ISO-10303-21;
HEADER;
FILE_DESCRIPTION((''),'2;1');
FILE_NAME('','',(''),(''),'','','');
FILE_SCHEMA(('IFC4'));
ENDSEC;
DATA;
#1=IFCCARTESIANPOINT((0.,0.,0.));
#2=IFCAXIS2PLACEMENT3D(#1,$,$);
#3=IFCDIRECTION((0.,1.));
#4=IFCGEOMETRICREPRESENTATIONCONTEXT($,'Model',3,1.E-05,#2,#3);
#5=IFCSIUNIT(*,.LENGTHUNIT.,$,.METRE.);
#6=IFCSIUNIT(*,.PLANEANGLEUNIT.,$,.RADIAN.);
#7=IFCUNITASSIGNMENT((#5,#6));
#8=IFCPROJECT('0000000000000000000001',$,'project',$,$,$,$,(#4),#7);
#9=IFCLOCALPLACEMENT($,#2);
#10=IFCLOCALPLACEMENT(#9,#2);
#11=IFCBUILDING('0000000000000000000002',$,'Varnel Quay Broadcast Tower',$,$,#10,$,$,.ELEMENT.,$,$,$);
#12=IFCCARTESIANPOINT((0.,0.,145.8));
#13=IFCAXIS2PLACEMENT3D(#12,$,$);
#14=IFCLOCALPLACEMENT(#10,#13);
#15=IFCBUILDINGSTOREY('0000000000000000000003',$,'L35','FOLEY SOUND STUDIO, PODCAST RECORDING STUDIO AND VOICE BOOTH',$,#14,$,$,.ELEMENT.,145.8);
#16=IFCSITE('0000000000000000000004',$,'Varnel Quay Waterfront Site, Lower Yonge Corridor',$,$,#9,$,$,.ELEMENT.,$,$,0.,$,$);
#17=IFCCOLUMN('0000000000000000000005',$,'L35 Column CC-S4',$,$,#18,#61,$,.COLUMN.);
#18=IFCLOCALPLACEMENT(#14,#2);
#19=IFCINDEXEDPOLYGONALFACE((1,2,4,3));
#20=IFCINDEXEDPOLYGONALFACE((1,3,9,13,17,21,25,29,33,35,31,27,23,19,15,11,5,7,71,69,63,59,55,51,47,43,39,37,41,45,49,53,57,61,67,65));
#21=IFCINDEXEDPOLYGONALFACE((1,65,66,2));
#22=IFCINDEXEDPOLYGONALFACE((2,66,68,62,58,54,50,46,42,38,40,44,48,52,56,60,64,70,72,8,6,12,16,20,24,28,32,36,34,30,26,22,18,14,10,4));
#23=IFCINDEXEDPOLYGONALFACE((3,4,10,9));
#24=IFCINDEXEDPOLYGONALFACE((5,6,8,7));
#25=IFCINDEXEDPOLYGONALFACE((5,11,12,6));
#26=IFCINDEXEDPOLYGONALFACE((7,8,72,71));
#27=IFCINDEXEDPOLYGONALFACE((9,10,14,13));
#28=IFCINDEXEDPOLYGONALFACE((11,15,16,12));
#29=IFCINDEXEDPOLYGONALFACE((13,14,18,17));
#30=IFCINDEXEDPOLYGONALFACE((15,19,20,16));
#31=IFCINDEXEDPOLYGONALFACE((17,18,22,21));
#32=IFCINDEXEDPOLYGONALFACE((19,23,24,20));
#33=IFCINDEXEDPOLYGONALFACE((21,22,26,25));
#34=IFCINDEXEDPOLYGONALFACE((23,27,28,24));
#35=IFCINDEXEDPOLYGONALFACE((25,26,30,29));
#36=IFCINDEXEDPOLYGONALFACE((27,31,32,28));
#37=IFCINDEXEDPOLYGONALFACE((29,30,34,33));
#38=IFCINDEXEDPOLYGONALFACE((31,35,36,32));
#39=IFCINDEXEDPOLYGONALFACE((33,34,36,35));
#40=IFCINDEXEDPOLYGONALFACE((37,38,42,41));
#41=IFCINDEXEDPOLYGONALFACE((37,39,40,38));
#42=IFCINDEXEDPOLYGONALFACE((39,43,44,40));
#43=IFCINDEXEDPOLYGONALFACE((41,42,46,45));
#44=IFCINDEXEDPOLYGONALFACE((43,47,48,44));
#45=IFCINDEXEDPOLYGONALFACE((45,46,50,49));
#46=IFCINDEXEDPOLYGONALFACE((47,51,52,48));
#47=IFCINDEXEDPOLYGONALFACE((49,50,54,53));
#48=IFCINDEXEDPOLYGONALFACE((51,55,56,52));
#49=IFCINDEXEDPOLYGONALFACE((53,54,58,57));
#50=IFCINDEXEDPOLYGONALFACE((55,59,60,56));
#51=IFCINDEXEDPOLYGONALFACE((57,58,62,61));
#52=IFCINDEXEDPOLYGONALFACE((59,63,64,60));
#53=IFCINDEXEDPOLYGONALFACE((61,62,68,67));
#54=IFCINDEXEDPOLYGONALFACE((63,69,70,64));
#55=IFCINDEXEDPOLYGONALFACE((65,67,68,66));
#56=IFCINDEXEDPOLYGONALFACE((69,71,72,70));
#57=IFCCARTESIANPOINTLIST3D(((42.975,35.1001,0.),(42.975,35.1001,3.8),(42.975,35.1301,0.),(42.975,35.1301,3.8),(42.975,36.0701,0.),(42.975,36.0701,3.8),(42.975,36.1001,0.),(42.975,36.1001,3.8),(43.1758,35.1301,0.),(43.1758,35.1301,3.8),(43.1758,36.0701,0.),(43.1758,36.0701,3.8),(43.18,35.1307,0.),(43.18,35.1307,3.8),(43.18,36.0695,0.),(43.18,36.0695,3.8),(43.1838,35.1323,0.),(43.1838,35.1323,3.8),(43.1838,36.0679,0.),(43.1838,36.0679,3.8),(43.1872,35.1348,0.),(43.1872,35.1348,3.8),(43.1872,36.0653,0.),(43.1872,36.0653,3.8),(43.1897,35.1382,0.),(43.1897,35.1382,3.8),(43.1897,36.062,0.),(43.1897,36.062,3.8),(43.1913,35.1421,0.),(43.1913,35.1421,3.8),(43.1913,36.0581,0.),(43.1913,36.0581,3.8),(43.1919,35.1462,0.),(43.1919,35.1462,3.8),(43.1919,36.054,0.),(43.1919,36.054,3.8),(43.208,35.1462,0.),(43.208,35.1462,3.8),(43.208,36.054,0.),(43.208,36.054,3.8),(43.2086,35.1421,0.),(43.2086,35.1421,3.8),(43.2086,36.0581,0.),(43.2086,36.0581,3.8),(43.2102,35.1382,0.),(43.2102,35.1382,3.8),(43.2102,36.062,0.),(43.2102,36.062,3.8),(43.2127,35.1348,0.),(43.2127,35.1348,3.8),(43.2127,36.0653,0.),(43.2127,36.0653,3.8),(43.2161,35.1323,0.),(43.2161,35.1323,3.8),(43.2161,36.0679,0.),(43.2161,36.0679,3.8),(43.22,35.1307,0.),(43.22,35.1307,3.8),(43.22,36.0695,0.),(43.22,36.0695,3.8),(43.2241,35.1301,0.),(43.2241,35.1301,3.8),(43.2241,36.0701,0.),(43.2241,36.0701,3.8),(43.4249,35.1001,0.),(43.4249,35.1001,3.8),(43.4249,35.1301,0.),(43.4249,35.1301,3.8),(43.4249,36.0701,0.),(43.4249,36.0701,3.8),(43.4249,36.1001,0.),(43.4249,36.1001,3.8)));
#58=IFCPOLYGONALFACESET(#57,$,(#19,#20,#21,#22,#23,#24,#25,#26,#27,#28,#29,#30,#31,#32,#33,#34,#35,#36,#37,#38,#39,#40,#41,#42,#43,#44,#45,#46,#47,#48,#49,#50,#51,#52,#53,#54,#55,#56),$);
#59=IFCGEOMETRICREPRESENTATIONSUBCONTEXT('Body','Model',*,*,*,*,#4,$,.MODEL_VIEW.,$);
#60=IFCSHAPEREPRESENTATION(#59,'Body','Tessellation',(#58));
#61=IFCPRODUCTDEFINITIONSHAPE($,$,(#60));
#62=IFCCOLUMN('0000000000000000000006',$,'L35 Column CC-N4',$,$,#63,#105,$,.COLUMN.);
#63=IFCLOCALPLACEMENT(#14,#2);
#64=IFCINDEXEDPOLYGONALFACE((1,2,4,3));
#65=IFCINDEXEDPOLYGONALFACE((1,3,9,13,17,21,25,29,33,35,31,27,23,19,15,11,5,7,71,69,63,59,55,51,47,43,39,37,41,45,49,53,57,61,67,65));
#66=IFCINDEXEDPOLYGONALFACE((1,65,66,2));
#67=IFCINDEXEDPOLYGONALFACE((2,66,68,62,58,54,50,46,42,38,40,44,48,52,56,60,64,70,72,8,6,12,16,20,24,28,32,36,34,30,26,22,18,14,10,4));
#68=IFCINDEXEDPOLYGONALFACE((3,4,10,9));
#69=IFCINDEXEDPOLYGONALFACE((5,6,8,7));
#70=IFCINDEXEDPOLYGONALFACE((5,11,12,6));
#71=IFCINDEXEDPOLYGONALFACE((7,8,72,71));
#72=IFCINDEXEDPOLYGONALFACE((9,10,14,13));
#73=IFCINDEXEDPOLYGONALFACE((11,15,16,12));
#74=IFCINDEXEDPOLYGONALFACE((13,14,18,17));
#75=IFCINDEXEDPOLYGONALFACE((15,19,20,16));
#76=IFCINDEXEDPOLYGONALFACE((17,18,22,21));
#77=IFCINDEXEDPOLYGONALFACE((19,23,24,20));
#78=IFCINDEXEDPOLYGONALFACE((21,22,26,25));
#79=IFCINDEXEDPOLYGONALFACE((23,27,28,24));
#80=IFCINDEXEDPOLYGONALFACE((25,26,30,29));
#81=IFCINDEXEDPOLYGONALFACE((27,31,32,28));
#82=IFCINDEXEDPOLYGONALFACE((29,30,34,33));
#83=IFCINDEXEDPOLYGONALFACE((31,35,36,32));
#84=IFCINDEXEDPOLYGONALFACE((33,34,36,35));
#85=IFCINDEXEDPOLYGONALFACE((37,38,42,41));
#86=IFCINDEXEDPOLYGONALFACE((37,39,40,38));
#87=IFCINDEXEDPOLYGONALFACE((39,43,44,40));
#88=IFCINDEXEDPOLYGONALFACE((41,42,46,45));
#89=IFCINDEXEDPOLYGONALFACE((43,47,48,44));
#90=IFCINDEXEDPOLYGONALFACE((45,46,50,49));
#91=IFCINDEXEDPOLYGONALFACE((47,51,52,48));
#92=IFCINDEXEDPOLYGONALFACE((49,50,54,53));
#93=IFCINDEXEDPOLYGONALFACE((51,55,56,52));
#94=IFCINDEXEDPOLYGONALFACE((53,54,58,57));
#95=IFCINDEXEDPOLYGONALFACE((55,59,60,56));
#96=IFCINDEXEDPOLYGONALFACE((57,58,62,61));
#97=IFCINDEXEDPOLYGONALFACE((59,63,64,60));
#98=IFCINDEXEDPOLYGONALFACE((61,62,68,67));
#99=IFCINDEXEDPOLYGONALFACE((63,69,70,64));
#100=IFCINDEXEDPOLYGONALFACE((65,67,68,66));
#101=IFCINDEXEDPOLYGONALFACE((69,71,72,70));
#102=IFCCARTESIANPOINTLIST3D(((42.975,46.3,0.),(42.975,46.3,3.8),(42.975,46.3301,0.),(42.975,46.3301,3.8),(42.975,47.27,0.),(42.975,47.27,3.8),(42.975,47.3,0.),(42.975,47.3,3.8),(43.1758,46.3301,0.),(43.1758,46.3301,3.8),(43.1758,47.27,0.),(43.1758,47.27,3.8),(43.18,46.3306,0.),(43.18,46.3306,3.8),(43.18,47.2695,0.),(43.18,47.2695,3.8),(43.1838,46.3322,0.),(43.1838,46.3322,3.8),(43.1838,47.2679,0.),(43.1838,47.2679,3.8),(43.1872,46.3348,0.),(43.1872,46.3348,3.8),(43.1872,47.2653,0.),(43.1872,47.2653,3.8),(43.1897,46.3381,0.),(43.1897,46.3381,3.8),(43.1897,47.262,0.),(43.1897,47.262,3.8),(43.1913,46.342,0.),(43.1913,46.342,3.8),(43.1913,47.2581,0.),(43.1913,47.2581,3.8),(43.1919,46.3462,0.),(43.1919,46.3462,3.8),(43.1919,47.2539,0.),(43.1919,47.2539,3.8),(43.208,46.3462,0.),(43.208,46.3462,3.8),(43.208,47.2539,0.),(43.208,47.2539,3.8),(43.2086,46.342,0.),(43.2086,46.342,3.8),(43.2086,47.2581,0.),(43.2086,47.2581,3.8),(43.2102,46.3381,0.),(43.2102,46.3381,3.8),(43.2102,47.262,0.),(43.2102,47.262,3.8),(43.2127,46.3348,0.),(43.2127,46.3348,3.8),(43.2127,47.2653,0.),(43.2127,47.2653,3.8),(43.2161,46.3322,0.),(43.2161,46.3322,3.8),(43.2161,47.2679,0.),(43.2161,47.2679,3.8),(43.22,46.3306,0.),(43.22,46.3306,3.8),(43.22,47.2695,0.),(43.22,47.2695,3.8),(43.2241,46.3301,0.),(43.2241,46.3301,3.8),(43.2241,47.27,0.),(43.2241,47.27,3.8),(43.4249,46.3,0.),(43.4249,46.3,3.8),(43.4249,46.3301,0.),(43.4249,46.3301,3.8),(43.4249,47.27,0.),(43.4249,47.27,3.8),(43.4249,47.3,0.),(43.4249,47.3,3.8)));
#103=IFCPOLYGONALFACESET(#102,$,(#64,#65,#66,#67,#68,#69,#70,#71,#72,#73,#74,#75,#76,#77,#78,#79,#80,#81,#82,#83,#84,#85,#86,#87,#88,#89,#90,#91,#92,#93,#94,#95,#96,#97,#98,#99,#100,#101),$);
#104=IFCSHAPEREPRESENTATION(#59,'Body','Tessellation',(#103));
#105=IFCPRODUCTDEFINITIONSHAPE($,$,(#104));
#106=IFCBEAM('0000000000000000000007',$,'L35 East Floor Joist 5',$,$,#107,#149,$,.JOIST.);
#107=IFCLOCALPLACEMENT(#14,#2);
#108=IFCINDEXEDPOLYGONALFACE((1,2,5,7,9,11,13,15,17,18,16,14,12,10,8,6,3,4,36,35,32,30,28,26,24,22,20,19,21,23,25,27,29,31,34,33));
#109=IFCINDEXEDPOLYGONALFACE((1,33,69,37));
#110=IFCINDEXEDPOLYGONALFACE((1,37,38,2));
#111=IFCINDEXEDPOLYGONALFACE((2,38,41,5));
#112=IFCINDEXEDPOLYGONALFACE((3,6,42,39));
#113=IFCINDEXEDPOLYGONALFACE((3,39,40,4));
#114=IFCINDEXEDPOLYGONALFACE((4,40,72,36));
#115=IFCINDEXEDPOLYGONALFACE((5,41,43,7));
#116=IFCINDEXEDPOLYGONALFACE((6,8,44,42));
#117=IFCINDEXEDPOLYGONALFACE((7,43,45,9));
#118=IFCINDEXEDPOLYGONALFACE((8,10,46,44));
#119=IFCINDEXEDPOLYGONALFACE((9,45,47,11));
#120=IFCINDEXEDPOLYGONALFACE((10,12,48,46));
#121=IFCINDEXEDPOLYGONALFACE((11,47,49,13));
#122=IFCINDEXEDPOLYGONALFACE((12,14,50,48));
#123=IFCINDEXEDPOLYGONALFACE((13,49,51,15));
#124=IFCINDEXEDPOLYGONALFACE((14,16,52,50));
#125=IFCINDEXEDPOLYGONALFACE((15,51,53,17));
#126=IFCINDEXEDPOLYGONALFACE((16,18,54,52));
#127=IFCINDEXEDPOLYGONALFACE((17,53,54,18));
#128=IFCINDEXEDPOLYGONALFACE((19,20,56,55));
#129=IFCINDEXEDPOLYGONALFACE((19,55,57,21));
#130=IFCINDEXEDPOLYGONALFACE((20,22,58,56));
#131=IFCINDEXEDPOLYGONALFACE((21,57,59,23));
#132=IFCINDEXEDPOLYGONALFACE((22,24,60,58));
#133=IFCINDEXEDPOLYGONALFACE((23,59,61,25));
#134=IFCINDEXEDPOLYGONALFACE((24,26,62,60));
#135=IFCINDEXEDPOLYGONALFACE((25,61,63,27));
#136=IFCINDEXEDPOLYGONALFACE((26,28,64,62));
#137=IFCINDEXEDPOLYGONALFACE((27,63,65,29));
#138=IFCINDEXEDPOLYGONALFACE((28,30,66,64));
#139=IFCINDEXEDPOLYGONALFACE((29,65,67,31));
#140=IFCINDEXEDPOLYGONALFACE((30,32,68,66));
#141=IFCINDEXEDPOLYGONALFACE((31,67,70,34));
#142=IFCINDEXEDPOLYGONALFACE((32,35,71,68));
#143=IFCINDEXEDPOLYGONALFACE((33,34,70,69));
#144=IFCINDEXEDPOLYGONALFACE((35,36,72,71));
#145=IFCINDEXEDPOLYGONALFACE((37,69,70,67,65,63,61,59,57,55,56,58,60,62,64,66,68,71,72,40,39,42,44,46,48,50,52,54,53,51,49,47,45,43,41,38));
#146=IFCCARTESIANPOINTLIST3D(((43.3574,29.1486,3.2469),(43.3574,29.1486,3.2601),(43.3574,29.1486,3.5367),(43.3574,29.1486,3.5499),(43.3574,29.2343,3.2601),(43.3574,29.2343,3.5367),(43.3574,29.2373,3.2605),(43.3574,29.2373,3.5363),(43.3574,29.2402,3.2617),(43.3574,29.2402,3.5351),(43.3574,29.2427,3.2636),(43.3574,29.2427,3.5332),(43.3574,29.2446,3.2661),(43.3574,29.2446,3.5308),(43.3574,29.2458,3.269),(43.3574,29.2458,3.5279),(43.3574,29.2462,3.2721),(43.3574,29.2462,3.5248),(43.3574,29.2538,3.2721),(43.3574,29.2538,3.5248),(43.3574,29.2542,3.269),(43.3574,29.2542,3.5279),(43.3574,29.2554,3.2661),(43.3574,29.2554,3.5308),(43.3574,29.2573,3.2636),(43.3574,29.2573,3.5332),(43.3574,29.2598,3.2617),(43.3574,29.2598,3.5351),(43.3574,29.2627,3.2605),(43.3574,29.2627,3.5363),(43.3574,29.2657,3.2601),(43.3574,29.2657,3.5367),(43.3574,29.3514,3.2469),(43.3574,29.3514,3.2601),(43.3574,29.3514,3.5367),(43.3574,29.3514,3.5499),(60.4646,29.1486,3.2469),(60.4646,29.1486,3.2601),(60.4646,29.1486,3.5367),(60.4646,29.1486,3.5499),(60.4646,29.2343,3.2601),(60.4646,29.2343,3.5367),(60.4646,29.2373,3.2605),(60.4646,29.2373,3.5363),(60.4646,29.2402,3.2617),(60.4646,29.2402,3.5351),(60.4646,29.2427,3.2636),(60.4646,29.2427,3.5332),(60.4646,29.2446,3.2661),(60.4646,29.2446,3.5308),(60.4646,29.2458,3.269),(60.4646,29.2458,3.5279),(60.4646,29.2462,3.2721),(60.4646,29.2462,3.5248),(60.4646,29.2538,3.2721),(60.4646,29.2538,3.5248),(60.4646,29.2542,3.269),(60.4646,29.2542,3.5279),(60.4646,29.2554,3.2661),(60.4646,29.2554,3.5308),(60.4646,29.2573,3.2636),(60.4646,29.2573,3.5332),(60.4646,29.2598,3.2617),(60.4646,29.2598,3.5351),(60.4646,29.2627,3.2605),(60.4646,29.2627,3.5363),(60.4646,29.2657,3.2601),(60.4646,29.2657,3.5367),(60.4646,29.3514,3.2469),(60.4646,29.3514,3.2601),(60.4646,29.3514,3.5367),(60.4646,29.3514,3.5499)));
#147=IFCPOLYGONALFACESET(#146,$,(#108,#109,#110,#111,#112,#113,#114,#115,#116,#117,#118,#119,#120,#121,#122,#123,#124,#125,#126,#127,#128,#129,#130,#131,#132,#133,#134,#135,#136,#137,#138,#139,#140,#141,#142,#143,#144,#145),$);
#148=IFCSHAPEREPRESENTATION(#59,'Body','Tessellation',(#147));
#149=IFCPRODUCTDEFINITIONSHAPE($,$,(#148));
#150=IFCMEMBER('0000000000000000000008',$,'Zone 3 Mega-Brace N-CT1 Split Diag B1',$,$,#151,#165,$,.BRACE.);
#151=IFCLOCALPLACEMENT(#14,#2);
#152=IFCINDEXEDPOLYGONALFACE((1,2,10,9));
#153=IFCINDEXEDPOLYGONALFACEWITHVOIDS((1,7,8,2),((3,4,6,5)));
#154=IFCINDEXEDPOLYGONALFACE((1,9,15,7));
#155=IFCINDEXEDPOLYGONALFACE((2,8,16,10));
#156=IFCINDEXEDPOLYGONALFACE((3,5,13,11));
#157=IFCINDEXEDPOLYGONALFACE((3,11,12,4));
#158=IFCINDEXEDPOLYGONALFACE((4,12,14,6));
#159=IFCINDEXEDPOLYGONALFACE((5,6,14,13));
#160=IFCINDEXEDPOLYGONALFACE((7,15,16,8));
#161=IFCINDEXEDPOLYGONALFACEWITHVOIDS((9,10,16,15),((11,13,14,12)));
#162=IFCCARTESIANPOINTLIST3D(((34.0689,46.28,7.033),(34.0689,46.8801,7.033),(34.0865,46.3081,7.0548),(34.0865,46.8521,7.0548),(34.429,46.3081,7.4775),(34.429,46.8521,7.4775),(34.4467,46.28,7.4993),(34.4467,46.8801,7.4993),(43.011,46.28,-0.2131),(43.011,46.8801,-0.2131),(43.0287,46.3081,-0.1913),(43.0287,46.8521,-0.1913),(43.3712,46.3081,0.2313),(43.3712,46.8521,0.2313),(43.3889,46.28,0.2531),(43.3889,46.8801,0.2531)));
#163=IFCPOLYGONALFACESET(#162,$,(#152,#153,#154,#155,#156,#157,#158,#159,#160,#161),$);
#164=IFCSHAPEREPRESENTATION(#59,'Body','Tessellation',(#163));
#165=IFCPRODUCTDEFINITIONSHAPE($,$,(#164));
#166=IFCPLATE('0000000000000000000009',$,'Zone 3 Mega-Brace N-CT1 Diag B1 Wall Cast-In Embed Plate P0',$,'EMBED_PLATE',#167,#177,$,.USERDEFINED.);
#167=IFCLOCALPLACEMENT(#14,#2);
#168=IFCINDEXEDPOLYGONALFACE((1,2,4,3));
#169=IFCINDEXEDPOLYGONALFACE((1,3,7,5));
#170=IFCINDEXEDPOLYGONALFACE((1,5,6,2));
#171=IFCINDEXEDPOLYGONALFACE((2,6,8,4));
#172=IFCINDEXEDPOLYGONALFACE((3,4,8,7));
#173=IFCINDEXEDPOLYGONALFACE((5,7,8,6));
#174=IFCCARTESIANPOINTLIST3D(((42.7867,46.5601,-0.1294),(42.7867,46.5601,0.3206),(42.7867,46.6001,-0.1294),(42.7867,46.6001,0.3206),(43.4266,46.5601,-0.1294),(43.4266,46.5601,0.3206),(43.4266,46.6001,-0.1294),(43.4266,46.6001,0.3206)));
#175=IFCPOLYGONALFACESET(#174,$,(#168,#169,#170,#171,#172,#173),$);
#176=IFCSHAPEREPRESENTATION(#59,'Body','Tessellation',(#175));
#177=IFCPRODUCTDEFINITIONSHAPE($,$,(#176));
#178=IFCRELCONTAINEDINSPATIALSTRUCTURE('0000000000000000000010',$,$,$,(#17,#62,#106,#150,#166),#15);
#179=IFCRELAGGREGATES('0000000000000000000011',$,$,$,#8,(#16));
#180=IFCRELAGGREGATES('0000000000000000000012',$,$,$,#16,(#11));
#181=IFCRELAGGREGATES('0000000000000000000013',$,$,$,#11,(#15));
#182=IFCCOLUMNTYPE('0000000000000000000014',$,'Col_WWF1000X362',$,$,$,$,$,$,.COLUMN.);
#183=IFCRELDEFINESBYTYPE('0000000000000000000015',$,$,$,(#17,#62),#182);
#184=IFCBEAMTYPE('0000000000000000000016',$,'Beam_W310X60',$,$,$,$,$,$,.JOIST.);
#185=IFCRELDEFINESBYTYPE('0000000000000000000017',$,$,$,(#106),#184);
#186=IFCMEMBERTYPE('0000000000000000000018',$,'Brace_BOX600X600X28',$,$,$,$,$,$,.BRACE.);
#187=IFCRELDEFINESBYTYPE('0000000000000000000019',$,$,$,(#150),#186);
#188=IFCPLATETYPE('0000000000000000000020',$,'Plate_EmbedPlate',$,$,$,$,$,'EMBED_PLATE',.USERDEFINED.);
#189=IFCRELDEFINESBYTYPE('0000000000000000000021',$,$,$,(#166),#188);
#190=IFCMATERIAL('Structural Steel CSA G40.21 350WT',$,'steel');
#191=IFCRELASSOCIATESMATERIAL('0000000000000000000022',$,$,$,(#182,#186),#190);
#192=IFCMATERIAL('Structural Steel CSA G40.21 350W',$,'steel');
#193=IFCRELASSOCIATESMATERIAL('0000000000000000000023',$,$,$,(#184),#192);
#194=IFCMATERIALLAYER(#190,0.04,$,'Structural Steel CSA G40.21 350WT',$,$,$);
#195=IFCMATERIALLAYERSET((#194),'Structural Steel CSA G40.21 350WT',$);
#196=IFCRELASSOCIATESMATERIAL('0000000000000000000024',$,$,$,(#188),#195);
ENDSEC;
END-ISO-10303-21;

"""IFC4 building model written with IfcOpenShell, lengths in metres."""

from ifc_helpers import new_model, si_unit, direction, frame, origin, origin_2d, place, context, subcontext, project, spatial, rectangle, hollow_rectangle, i_section, extrude, source, transform, mapped, material, layer, layer_set, material_profile, profile_set, type_object, type_shapes, element, save


model = new_model("IFC4")

# Units and contexts
model_context = context("Model", 3, precision=1e-05, world=origin(), true_north=direction((0.0, 1.0)))
body_context = subcontext(model_context, "Body", "Model", "MODEL_VIEW")
ifc_project = project(units=[si_unit("LENGTHUNIT", "METRE"), si_unit("PLANEANGLEUNIT", "RADIAN")], contexts=[model_context])

# Site, building, storey
site_placement = place(None, origin())
site = spatial("IfcSite", under=ifc_project, at=site_placement, Name="Varnel Quay Waterfront Site, Lower Yonge Corridor", CompositionType="ELEMENT", RefElevation=0.0)
building_placement = place(site_placement, origin())
building = spatial("IfcBuilding", under=site, at=building_placement, Name="Varnel Quay Broadcast Tower", CompositionType="ELEMENT")
storey_placement = place(building_placement, frame((0.0, 0.0, 145.8)))
storey = spatial("IfcBuildingStorey", under=building, at=storey_placement, Name="L35", Description="FOLEY SOUND STUDIO, PODCAST RECORDING STUDIO AND VOICE BOOTH", CompositionType="ELEMENT", Elevation=145.8)

# Columns
ifc_material_1 = material(Name="Structural Steel CSA G40.21 350WT", Category="steel")
ifc_material_profile_1 = material_profile(ifc_material_1, i_section(OverallWidth=0.45, OverallDepth=1.0, WebThickness=0.0161, FlangeThickness=0.03, FilletRadius=0.0161, at=origin_2d()), Name="WWF1000X362")
ifc_profile_set_1 = profile_set([ifc_material_profile_1], Name="Structural Steel CSA G40.21 350WT")
column_type = type_object("IfcColumnType", Name="Col_WWF1000X362", PredefinedType="COLUMN", material=ifc_profile_set_1)
shared_shape_1 = source(origin(), body_context, "Body", "SweptSolid", [
    extrude(i_section(OverallWidth=0.45, OverallDepth=1.0, WebThickness=0.0161, FlangeThickness=0.03, FilletRadius=0.0161, at=origin_2d()), origin(), (0.0, 0.0, 1.0), 3.8),
])
type_shapes(column_type, [shared_shape_1])
for number, where, z_axis, x_axis, name in (
    (1, (43.2, 35.6001, 0.0), (0.0, 0.0, 1.0), (1.0, 0.0, 0.0), "L35 Column CC-S4"),
    (2, (43.2, 46.8, 0.0), (0.0, 0.0, 1.0), (1.0, 0.0, 0.0), "L35 Column CC-N4"),
):
    element("IfcColumn", number, at=place(storey_placement, frame(where, z_axis=z_axis, x_axis=x_axis)), inside=storey, type_object=column_type, Name=name, PredefinedType="COLUMN", context=body_context, shape_type="MappedRepresentation", body=[
        mapped(shared_shape_1, transform((0.0, 0.0, 0.0), x_axis=(1.0, 0.0, 0.0), y_axis=(0.0, 1.0, 0.0), z_axis=(0.0, 0.0, 1.0), scale=1.0)),
    ])

# Beam
ifc_material_2 = material(Name="Structural Steel CSA G40.21 350W", Category="steel")
ifc_material_profile_2 = material_profile(ifc_material_2, i_section(OverallWidth=0.2029, OverallDepth=0.303, WebThickness=0.0076, FlangeThickness=0.0132, FilletRadius=0.012, at=origin_2d()), Name="W310X60")
ifc_profile_set_2 = profile_set([ifc_material_profile_2], Name="Structural Steel CSA G40.21 350W")
beam_type = type_object("IfcBeamType", Name="Beam_W310X60", PredefinedType="JOIST", material=ifc_profile_set_2)
shared_shape_2 = source(origin(), body_context, "Body", "SweptSolid", [
    extrude(i_section(OverallWidth=0.2029, OverallDepth=0.303, WebThickness=0.0076, FlangeThickness=0.0132, FilletRadius=0.012, at=origin_2d()), origin(), (0.0, 0.0, 1.0), 17.1072),
])
type_shapes(beam_type, [shared_shape_2])
beam_placement = place(storey_placement, frame((43.3574, 29.25, 3.3984), z_axis=(1.0, 0.0, 0.0), x_axis=(0.0, 1.0, 0.0)))
element("IfcBeam", 3, at=beam_placement, inside=storey, type_object=beam_type, Name="L35 East Floor Joist 5", PredefinedType="JOIST", context=body_context, shape_type="MappedRepresentation", body=[
    mapped(shared_shape_2, transform((0.0, 0.0, 0.0), x_axis=(1.0, 0.0, 0.0), y_axis=(0.0, 1.0, 0.0), z_axis=(0.0, 0.0, 1.0), scale=1.0)),
])

# Member
ifc_material_profile_3 = material_profile(ifc_material_1, hollow_rectangle(XDim=0.6001, YDim=0.6001, WallThickness=0.0281, at=origin_2d()), Name="BOX600X600X28")
ifc_profile_set_3 = profile_set([ifc_material_profile_3], Name="Structural Steel CSA G40.21 350WT")
member_type = type_object("IfcMemberType", Name="Brace_BOX600X600X28", PredefinedType="BRACE", material=ifc_profile_set_3)
shared_shape_3 = source(origin(), body_context, "Body", "SweptSolid", [
    extrude(hollow_rectangle(XDim=0.6001, YDim=0.6001, WallThickness=0.0281, at=origin_2d()), origin(), (0.0, 0.0, 1.0), 11.5095),
])
type_shapes(member_type, [shared_shape_3])
member_placement = place(storey_placement, frame((43.2, 46.5801, 0.02), z_axis=(-0.776938, 0.0, 0.629577), x_axis=(0.0, -1.0, 0.0)))
element("IfcMember", 4, at=member_placement, inside=storey, type_object=member_type, Name="Zone 3 Mega-Brace N-CT1 Split Diag B1", PredefinedType="BRACE", context=body_context, shape_type="MappedRepresentation", body=[
    mapped(shared_shape_3, transform((0.0, 0.0, 0.0), x_axis=(1.0, 0.0, 0.0), y_axis=(0.0, 1.0, 0.0), z_axis=(0.0, 0.0, 1.0), scale=1.0)),
])

# Plate
ifc_layer_1 = layer(ifc_material_1, 0.04, Name="Structural Steel CSA G40.21 350WT")
ifc_layer_set_1 = layer_set([ifc_layer_1], Name="Structural Steel CSA G40.21 350WT")
plate_type = type_object("IfcPlateType", Name="Plate_EmbedPlate", ElementType="EMBED_PLATE", PredefinedType="USERDEFINED", material=ifc_layer_set_1)
shared_shape_4 = source(origin(), body_context, "Body", "SweptSolid", [
    extrude(rectangle(XDim=0.6399, YDim=0.04, at=origin_2d()), origin(), (0.0, 0.0, 1.0), 0.45),
])
type_shapes(plate_type, [shared_shape_4])
plate_placement = place(storey_placement, frame((43.1067, 46.5801, -0.1294), z_axis=(0.0, 0.0, 1.0), x_axis=(1.0, 0.0, 0.0)))
element("IfcPlate", 5, at=plate_placement, inside=storey, type_object=plate_type, Name="Zone 3 Mega-Brace N-CT1 Diag B1 Wall Cast-In Embed Plate P0", ObjectType="EMBED_PLATE", PredefinedType="USERDEFINED", context=body_context, shape_type="MappedRepresentation", body=[
    mapped(shared_shape_4, transform((0.0, 0.0, 0.0), x_axis=(1.0, 0.0, 0.0), y_axis=(0.0, 1.0, 0.0), z_axis=(0.0, 0.0, 1.0), scale=1.0)),
])

save(model, "model.ifc")
